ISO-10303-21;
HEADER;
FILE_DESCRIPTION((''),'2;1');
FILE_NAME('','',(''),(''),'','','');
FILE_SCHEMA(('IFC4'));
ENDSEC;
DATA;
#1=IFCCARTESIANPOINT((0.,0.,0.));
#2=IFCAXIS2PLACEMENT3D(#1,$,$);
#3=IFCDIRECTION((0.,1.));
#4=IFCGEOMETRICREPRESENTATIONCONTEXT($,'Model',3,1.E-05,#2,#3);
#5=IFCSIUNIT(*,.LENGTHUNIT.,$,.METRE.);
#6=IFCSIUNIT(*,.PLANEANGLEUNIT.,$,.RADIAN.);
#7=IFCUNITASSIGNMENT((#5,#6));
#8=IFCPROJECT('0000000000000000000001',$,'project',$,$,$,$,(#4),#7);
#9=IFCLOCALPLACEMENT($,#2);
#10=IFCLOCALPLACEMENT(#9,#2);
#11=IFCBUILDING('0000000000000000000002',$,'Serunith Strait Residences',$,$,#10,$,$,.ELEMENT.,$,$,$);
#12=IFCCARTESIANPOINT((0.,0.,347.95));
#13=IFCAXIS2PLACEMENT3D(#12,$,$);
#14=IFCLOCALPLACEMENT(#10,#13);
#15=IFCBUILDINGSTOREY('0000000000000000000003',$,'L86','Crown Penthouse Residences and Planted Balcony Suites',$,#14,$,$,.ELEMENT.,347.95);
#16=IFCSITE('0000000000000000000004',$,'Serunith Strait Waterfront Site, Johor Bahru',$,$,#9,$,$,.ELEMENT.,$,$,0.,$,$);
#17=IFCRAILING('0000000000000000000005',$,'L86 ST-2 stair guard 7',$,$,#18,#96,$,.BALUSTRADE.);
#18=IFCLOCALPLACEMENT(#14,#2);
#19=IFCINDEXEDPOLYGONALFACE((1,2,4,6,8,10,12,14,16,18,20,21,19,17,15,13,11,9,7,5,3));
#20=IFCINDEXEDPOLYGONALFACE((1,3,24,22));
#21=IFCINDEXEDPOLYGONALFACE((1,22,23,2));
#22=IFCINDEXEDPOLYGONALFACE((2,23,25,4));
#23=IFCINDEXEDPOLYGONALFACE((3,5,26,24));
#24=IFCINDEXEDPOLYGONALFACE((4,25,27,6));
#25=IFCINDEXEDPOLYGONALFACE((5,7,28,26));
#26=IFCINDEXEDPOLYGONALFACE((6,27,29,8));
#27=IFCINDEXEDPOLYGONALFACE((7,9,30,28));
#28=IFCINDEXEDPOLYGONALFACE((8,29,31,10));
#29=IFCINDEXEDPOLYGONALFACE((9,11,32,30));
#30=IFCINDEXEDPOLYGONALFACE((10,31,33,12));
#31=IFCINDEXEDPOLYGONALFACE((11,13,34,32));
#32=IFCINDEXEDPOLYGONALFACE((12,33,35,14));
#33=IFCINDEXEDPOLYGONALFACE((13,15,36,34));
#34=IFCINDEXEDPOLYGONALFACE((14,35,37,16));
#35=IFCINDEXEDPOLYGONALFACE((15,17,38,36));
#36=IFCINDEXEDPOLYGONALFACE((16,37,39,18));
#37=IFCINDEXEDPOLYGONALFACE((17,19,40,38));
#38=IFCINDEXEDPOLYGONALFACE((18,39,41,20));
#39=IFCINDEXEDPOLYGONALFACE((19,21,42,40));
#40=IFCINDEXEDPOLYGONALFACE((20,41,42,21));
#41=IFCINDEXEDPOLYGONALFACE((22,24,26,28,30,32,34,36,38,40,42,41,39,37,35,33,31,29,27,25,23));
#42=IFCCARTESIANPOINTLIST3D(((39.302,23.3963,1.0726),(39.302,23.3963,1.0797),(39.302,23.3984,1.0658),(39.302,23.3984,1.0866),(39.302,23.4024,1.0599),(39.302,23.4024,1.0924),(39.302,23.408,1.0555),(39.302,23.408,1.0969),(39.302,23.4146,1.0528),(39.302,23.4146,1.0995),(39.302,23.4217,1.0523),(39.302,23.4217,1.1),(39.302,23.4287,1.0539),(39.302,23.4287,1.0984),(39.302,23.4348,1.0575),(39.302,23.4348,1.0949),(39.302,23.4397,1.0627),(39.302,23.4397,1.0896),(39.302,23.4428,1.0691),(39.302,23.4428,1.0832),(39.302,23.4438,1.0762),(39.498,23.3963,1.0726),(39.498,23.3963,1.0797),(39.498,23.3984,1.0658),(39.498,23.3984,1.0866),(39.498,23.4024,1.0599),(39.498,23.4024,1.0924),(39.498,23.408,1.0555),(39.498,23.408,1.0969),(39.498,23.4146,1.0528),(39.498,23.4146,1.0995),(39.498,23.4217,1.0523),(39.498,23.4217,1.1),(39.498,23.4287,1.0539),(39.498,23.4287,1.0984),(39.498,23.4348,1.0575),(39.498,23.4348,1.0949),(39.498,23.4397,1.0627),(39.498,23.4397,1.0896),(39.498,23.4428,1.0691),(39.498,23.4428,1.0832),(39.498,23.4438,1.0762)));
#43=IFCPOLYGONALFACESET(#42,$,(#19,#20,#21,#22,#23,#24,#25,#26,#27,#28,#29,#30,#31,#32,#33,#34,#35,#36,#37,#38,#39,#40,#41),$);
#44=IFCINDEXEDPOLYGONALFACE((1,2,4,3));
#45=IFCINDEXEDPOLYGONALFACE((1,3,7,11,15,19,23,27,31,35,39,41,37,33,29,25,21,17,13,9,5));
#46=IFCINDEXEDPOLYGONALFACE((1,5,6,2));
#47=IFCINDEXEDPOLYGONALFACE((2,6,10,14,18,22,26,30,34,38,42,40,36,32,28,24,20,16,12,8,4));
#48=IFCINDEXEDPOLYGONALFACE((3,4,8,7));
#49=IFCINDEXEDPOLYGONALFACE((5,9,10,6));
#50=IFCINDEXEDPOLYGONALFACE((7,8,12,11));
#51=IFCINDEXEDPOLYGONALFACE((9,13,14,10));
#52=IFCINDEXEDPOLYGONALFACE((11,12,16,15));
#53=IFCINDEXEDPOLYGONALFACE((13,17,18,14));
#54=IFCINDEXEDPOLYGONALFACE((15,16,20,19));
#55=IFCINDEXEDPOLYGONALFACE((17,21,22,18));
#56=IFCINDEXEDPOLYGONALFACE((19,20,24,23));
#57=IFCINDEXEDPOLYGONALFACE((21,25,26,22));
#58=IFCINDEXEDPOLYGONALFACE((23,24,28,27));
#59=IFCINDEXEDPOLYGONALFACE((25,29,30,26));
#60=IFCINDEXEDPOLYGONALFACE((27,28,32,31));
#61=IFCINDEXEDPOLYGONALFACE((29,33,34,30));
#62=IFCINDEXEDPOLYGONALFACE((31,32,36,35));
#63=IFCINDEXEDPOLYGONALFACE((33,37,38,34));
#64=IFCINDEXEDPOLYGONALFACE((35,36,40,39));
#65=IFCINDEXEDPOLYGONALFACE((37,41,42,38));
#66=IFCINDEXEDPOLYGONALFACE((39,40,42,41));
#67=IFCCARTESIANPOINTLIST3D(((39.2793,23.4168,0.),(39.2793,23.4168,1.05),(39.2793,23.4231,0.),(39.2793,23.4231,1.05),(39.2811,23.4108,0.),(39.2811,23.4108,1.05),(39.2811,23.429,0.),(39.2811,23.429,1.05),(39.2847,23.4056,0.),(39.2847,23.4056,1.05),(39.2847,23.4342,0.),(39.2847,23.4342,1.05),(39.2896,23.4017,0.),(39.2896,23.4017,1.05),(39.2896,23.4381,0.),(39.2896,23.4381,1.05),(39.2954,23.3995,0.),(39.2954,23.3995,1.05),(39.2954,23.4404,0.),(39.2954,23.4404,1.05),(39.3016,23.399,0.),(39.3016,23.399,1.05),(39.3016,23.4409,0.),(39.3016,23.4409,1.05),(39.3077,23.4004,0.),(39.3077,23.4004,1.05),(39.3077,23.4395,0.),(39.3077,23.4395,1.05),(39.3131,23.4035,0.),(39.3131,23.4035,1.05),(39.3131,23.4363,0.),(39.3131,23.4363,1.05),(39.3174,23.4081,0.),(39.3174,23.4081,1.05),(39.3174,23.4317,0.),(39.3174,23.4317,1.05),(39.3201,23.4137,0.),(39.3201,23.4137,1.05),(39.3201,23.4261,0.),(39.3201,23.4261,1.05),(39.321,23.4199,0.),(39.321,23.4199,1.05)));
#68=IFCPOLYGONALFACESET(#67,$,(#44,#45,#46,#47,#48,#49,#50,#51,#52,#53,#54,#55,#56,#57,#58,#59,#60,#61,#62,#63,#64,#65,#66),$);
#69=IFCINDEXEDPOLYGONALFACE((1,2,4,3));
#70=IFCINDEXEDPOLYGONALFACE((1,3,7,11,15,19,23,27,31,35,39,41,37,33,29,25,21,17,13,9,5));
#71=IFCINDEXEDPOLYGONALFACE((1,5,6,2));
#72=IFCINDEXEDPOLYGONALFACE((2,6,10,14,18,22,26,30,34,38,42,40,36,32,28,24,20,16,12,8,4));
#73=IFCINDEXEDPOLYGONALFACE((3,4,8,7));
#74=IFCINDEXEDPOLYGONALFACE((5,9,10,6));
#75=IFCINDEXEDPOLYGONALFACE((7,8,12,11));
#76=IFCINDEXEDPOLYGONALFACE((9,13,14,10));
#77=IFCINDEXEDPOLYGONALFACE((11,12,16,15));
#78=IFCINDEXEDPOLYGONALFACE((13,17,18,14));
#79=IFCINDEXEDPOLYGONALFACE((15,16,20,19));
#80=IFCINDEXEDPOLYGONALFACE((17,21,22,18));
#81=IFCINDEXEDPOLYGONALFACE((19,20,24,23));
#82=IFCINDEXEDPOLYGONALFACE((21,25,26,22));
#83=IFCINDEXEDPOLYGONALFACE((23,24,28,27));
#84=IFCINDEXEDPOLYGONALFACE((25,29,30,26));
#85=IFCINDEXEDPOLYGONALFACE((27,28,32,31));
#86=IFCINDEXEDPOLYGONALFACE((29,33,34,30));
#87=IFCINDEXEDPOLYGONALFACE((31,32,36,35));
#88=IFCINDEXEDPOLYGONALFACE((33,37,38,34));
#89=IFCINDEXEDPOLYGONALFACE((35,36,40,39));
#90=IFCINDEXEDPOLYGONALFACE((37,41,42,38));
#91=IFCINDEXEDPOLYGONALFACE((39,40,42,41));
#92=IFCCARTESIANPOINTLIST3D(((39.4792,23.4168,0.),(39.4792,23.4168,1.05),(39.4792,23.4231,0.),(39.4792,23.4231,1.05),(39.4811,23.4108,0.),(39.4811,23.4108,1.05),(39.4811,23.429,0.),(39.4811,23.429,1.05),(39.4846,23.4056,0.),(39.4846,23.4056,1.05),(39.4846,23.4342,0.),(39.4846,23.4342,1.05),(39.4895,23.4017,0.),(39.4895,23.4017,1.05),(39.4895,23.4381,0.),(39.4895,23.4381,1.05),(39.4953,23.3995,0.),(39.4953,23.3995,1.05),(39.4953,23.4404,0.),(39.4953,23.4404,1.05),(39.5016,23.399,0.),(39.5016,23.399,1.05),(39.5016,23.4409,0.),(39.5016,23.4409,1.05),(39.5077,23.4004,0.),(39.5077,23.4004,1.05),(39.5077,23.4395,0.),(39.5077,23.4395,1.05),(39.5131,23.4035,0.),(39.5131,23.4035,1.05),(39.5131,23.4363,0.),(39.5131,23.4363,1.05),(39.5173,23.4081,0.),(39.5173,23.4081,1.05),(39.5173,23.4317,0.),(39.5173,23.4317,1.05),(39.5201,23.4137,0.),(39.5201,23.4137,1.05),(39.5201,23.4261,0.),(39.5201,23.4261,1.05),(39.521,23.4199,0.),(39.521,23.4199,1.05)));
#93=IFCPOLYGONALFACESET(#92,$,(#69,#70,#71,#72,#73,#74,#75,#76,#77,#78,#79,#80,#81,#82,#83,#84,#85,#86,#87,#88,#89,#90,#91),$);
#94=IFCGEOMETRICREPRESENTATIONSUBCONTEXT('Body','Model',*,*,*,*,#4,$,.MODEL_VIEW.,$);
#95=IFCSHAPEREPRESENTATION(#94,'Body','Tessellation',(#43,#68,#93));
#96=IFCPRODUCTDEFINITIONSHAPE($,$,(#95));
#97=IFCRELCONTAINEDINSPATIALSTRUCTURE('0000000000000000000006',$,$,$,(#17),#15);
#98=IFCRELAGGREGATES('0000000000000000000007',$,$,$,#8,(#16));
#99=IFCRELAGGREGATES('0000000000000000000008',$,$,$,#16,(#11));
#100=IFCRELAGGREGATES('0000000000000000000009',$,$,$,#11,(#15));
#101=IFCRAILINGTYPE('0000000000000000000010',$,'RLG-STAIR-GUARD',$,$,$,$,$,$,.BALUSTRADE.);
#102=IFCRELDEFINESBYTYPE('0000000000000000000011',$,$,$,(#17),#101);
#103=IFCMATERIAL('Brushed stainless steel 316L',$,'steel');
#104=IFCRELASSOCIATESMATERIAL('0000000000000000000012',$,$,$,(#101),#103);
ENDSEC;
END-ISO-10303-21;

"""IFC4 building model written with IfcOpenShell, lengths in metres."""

from ifc_helpers import new_model, si_unit, direction, frame, origin, origin_2d, place, context, subcontext, project, spatial, circle, extrude, material, type_object, element, save


model = new_model("IFC4")

# Units and contexts
model_context = context("Model", 3, precision=1e-05, world=origin(), true_north=direction((0.0, 1.0)))
body_context = subcontext(model_context, "Body", "Model", "MODEL_VIEW")
ifc_project = project(units=[si_unit("LENGTHUNIT", "METRE"), si_unit("PLANEANGLEUNIT", "RADIAN")], contexts=[model_context])

# Site, building, storey
site_placement = place(None, origin())
site = spatial("IfcSite", under=ifc_project, at=site_placement, Name="Serunith Strait Waterfront Site, Johor Bahru", CompositionType="ELEMENT", RefElevation=0.0)
building_placement = place(site_placement, origin())
building = spatial("IfcBuilding", under=site, at=building_placement, Name="Serunith Strait Residences", CompositionType="ELEMENT")
storey_placement = place(building_placement, frame((0.0, 0.0, 347.95)))
storey = spatial("IfcBuildingStorey", under=building, at=storey_placement, Name="L86", Description="Crown Penthouse Residences and Planted Balcony Suites", CompositionType="ELEMENT", Elevation=347.95)

# Railing
ifc_material_1 = material(Name="Brushed stainless steel 316L", Category="steel")
railing_type_1 = type_object("IfcRailingType", Name="RLG-STAIR-GUARD", PredefinedType="BALUSTRADE", material=ifc_material_1)
railing_1_placement = place(storey_placement, frame((39.3, 23.4199, 0.0)))
element("IfcRailing", 1, at=railing_1_placement, inside=storey, type_object=railing_type_1, Name="L86 ST-2 stair guard 7", PredefinedType="BALUSTRADE", context=body_context, shape_type="SweptSolid", body=[
    extrude(circle(Radius=0.0239, at=origin_2d()), frame((0.002, 0.0, 1.0762), z_axis=(1.0, 0.0, 0.0), x_axis=(0.0, 1.0, 0.0)), (0.0, 0.0, 1.0), 0.196),
    extrude(circle(Radius=0.021, at=origin_2d()), origin(), (0.0, 0.0, 1.0), 1.05),
    extrude(circle(Radius=0.021, at=origin_2d()), frame((0.2, 0.0, 0.0)), (0.0, 0.0, 1.0), 1.05),
])

save(model, "model.ifc")
